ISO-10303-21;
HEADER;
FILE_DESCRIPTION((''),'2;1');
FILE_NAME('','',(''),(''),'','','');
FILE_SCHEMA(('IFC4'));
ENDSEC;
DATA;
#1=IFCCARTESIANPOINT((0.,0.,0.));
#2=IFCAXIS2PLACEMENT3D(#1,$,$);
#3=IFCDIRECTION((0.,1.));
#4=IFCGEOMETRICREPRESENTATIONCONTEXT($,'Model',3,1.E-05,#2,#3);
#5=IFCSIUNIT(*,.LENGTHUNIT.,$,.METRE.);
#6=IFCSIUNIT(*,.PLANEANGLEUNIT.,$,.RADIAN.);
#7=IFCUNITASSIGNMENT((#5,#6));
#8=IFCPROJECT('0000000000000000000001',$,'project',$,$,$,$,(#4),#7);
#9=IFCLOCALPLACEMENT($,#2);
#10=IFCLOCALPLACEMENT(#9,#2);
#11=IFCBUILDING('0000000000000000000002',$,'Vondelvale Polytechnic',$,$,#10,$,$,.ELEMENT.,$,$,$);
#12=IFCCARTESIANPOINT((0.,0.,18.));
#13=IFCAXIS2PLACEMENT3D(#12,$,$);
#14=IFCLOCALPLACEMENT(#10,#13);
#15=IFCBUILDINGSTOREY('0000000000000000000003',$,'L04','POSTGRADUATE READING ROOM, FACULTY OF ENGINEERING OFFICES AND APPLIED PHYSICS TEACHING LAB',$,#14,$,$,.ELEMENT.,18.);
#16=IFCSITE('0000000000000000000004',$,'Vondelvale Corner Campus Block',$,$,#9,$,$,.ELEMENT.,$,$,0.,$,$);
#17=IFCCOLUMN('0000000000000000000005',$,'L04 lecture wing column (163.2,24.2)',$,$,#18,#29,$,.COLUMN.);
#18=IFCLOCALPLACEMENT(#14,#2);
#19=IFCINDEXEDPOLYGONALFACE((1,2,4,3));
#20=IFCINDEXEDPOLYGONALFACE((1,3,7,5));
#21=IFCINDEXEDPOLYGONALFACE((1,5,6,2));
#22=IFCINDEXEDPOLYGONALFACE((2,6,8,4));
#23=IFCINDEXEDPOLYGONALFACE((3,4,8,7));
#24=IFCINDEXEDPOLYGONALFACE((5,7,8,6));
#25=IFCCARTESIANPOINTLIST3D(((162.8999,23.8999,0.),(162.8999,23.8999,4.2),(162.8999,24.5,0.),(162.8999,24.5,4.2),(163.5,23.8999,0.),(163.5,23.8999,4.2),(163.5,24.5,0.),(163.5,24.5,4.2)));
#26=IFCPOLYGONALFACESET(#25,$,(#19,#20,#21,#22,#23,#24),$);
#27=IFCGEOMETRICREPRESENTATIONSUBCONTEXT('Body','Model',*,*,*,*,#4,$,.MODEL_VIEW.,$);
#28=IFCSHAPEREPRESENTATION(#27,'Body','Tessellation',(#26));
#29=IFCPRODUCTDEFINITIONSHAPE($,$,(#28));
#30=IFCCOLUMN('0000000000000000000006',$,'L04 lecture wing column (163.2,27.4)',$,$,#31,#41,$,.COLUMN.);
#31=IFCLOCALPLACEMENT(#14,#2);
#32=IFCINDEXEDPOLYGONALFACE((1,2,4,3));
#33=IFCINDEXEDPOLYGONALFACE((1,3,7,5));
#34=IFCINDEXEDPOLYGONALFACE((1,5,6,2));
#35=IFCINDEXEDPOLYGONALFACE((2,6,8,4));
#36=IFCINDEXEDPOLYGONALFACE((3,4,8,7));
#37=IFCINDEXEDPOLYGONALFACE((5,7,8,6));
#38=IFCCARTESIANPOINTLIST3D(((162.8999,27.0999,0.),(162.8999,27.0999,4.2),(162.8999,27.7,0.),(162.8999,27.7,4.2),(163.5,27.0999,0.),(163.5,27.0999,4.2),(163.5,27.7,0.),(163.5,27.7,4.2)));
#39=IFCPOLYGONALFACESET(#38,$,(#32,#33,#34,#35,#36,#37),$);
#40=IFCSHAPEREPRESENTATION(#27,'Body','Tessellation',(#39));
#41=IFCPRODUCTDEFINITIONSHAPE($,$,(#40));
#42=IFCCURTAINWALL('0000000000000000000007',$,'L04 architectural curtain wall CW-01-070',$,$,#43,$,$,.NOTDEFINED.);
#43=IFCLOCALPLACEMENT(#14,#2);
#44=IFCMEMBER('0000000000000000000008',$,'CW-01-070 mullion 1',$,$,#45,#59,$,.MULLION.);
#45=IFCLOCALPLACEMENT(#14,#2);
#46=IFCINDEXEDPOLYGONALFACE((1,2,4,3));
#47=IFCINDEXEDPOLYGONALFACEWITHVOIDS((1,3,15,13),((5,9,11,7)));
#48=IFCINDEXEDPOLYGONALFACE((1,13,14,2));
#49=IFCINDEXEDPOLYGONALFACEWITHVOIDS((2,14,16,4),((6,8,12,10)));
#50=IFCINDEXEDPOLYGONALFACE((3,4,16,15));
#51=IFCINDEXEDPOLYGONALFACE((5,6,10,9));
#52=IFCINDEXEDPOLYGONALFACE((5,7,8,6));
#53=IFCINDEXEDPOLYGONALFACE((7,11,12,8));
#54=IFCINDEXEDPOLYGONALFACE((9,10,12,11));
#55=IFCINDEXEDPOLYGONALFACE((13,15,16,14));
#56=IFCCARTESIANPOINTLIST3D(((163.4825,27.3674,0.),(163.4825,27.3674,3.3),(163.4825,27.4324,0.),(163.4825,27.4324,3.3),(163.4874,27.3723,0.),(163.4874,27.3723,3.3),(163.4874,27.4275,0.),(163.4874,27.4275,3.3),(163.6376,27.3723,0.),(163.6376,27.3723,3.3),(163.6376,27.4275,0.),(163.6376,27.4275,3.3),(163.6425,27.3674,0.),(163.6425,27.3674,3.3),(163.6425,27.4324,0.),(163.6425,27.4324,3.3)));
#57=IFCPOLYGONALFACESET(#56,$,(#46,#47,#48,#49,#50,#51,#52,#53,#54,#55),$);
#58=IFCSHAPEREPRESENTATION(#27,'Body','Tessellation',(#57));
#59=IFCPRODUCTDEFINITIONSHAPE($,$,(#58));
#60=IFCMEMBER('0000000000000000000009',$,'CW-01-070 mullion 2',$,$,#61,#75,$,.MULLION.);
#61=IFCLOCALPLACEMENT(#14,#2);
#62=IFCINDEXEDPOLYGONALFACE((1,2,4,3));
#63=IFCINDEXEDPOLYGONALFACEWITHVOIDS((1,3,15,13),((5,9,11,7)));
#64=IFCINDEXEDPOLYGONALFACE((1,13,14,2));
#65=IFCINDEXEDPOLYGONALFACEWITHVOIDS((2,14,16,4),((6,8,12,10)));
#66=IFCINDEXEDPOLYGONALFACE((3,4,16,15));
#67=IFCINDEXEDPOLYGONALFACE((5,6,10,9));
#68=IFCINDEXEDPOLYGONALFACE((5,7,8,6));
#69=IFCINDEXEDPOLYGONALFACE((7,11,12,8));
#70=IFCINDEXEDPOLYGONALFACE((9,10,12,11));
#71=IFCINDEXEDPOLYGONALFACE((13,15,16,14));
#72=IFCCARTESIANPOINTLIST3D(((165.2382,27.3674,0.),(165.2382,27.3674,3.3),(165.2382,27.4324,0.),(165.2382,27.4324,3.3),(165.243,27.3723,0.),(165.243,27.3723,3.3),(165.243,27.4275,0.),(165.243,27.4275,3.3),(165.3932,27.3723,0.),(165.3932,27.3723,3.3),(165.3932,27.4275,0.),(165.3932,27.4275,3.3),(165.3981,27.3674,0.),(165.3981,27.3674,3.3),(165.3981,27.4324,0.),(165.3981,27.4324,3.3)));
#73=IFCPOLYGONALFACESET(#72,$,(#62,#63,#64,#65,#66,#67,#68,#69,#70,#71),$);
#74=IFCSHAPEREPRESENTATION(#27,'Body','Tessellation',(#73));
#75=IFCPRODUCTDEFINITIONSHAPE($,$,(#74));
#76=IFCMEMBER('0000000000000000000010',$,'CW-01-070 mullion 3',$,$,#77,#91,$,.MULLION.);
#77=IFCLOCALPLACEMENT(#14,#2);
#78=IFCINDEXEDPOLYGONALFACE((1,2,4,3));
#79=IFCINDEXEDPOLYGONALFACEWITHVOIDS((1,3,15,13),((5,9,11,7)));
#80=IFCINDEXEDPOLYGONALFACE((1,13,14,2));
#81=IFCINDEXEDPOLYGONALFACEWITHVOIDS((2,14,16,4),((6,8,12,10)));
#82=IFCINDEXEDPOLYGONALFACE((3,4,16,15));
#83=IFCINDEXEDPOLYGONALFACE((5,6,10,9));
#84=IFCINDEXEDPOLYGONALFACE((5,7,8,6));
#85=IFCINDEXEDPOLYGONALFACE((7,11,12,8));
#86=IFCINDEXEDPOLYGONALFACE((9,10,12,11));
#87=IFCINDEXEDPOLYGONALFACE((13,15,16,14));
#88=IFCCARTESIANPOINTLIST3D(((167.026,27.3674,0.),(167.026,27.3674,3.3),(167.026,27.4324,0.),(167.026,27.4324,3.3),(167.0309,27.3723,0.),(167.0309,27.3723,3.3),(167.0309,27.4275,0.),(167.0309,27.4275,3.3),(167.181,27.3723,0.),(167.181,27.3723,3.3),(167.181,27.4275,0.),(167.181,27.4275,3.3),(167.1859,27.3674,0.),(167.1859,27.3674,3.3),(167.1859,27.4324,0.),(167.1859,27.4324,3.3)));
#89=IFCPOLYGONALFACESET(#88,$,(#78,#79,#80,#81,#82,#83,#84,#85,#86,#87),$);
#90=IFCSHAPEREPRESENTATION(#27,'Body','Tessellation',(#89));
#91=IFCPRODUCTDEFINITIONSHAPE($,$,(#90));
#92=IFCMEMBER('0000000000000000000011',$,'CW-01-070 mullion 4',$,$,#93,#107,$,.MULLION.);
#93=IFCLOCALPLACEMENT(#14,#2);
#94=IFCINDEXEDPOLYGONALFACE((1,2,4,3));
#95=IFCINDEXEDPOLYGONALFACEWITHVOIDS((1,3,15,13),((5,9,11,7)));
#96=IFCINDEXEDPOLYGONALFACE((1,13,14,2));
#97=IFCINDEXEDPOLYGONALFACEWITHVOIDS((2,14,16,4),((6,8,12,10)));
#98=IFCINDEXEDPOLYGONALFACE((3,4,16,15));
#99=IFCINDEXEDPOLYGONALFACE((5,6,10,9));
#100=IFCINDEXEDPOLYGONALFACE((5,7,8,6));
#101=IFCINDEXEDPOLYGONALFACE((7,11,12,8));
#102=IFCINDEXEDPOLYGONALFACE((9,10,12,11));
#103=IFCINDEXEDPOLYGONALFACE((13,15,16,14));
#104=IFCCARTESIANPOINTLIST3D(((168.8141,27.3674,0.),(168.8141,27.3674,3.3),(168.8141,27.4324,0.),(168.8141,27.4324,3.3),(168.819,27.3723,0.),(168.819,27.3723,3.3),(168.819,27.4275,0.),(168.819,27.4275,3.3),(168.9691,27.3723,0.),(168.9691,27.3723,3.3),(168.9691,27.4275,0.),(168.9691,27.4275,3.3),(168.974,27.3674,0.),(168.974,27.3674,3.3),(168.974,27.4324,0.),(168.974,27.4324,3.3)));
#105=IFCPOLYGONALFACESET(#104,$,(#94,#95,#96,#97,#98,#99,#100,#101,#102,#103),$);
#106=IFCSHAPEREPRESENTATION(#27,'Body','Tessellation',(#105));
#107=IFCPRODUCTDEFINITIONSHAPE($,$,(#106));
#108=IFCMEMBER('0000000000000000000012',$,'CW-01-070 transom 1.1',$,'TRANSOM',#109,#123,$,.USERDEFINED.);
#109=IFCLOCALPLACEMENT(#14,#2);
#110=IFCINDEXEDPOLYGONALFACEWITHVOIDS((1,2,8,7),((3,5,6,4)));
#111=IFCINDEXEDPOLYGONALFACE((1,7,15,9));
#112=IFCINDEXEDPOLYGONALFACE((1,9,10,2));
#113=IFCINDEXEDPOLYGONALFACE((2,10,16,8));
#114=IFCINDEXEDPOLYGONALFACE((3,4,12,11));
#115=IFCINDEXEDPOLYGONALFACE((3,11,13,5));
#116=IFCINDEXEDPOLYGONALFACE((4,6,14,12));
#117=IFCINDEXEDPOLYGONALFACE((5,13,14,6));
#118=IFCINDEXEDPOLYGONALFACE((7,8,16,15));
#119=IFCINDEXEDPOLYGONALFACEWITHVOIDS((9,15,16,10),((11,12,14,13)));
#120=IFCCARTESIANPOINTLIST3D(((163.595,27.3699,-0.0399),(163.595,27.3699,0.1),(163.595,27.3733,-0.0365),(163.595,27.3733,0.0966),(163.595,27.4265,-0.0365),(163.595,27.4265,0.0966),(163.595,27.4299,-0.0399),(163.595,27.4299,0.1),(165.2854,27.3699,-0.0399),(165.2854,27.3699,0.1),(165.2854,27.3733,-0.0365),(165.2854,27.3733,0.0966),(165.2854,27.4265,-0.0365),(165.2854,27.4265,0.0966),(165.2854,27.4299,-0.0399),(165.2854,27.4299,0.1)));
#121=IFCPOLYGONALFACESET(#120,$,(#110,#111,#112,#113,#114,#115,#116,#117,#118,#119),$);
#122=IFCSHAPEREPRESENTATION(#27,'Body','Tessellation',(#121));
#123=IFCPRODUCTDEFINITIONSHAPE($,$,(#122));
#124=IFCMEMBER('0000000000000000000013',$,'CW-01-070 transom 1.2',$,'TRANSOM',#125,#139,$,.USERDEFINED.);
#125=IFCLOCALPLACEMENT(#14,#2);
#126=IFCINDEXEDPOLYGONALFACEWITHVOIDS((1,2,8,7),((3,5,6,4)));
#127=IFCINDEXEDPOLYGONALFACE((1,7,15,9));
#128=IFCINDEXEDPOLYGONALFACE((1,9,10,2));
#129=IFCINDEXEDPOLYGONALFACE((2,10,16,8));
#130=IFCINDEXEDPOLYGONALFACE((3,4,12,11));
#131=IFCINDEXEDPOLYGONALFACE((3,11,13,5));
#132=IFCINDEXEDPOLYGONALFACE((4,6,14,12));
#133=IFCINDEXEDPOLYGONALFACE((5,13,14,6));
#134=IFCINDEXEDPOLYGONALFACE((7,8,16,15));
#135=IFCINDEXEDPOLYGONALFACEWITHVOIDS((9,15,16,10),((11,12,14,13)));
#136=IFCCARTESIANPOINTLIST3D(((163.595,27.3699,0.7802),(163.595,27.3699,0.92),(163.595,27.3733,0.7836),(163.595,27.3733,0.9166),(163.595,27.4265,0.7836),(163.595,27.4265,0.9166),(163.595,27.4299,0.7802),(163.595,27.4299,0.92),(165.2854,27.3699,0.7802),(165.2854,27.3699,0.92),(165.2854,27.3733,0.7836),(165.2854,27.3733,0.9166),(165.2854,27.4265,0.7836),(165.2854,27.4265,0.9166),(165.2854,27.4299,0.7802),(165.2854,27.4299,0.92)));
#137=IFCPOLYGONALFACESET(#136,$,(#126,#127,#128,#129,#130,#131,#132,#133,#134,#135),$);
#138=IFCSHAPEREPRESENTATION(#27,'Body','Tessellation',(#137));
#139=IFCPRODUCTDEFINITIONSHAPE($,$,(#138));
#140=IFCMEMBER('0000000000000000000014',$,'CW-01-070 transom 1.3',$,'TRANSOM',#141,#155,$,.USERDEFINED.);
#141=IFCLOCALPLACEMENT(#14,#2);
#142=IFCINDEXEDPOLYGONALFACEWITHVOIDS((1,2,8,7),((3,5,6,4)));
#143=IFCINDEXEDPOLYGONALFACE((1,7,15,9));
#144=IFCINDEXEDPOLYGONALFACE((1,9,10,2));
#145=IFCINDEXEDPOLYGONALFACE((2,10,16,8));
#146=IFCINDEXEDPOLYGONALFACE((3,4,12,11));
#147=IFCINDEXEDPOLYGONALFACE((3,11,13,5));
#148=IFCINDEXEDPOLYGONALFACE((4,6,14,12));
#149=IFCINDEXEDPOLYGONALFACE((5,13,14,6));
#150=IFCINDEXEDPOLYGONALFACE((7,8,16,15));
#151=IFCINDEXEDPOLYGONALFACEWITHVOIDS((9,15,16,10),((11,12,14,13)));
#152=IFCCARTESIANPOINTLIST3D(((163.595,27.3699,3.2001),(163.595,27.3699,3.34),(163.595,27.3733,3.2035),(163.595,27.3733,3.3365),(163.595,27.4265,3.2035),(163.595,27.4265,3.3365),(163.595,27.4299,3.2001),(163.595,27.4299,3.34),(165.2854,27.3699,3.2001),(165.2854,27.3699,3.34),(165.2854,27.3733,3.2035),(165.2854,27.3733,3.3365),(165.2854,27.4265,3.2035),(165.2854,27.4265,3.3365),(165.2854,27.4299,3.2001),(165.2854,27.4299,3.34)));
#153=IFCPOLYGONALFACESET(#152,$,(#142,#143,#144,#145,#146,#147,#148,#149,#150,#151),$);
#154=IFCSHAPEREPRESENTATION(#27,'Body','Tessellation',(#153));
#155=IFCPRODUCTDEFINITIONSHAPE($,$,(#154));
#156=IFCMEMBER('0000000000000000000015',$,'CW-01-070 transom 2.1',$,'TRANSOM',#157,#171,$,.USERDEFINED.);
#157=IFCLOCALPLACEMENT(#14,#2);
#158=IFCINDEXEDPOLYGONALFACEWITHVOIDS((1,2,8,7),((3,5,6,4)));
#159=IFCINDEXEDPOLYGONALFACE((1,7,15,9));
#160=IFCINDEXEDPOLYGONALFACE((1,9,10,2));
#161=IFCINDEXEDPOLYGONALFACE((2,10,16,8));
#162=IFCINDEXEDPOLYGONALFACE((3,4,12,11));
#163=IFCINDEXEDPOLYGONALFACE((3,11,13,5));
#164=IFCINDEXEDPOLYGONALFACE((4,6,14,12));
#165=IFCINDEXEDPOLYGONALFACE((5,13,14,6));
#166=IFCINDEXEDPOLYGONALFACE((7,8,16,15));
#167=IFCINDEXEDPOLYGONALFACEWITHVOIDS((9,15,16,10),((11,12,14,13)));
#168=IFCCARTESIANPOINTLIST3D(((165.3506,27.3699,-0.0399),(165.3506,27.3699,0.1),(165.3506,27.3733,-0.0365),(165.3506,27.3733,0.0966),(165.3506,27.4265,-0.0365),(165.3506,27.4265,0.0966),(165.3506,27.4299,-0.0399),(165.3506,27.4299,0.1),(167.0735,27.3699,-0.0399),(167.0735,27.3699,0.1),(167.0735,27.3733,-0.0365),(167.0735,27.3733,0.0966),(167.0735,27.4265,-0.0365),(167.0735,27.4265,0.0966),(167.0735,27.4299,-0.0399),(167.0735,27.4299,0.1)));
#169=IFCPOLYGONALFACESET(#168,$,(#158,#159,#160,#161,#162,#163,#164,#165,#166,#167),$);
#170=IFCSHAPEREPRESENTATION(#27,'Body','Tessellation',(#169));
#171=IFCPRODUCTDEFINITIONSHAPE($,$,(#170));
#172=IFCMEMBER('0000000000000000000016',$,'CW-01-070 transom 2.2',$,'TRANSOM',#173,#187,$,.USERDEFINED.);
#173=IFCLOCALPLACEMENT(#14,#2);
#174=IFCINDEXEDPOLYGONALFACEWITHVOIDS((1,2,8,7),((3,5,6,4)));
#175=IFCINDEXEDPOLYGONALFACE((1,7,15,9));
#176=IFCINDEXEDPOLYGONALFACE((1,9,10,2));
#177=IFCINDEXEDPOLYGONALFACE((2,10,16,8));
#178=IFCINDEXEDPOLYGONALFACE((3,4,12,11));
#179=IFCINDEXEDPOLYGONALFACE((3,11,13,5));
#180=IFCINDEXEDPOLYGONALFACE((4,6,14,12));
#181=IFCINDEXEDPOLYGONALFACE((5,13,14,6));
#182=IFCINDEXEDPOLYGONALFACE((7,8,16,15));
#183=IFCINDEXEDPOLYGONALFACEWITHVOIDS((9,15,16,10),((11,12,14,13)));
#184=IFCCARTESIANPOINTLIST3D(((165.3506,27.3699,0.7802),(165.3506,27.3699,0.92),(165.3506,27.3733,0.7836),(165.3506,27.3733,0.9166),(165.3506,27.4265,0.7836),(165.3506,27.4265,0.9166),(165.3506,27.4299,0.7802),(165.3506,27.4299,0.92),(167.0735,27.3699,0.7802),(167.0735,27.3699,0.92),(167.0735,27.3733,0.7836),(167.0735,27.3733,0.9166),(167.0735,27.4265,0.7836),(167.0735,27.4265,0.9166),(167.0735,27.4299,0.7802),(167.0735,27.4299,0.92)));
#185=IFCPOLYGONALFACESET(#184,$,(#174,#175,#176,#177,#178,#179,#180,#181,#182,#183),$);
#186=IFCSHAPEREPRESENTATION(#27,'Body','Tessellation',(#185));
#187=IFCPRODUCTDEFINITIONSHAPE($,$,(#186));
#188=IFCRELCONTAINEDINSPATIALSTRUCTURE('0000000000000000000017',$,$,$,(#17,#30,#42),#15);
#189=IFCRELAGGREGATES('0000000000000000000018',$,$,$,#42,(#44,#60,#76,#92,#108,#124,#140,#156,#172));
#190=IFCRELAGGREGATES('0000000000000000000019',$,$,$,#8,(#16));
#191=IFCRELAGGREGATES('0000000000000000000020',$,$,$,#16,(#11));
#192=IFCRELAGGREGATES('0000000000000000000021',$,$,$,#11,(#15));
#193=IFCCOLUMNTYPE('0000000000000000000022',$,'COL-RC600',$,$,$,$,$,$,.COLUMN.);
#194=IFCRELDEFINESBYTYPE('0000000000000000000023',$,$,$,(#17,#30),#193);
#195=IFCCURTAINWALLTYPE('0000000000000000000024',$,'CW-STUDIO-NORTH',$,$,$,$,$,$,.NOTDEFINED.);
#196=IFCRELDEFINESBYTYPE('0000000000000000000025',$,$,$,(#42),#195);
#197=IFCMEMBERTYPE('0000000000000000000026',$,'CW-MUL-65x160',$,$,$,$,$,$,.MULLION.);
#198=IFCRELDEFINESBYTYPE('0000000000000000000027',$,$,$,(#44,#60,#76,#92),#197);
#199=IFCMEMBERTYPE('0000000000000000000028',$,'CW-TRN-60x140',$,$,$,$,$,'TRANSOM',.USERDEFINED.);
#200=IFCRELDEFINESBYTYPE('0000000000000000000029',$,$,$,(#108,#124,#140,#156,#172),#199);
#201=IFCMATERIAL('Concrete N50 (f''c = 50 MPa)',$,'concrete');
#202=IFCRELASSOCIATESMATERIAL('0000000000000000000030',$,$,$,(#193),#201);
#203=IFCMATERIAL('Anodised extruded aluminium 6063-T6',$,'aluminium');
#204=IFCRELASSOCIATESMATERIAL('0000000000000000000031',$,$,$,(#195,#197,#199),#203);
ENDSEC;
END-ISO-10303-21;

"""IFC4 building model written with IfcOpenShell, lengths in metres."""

from ifc_helpers import new_model, si_unit, direction, frame, origin, origin_2d, place, context, subcontext, project, spatial, rectangle, hollow_rectangle, extrude, material, material_profile, profile_set, type_object, element, aggregate, save


model = new_model("IFC4")

# Units and contexts
model_context = context("Model", 3, precision=1e-05, world=origin(), true_north=direction((0.0, 1.0)))
body_context = subcontext(model_context, "Body", "Model", "MODEL_VIEW")
ifc_project = project(units=[si_unit("LENGTHUNIT", "METRE"), si_unit("PLANEANGLEUNIT", "RADIAN")], contexts=[model_context])

# Site, building, storey
site_placement = place(None, origin())
site = spatial("IfcSite", under=ifc_project, at=site_placement, Name="Vondelvale Corner Campus Block", CompositionType="ELEMENT", RefElevation=0.0)
building_placement = place(site_placement, origin())
building = spatial("IfcBuilding", under=site, at=building_placement, Name="Vondelvale Polytechnic", CompositionType="ELEMENT")
storey_placement = place(building_placement, frame((0.0, 0.0, 18.0)))
storey = spatial("IfcBuildingStorey", under=building, at=storey_placement, Name="L04", Description="POSTGRADUATE READING ROOM, FACULTY OF ENGINEERING OFFICES AND APPLIED PHYSICS TEACHING LAB", CompositionType="ELEMENT", Elevation=18.0)

# Columns
ifc_material_1 = material(Name="Concrete N50 (f'c = 50 MPa)", Category="concrete")
ifc_material_profile_1 = material_profile(ifc_material_1, rectangle(XDim=0.6001, YDim=0.6001, at=origin_2d()), Name="RC-COL-600x600")
ifc_profile_set_1 = profile_set([ifc_material_profile_1], Name="Concrete N50 (f'c = 50 MPa)")
column_type = type_object("IfcColumnType", Name="COL-RC600", PredefinedType="COLUMN", material=ifc_profile_set_1)
for number, where, z_axis, x_axis, name in (
    (1, (163.2, 24.2, 0.0), (0.0, 0.0, 1.0), (1.0, 0.0, 0.0), "L04 lecture wing column (163.2,24.2)"),
    (2, (163.2, 27.3999, 0.0), (0.0, 0.0, 1.0), (1.0, 0.0, 0.0), "L04 lecture wing column (163.2,27.4)"),
):
    element("IfcColumn", number, at=place(storey_placement, frame(where, z_axis=z_axis, x_axis=x_axis)), inside=storey, type_object=column_type, Name=name, PredefinedType="COLUMN", context=body_context, shape_type="SweptSolid", body=[
        extrude(rectangle(XDim=0.6001, YDim=0.6001, at=origin_2d()), origin(), (0.0, 0.0, 1.0), 4.2),
    ])

# Curtain wall, members
ifc_material_2 = material(Name="Anodised extruded aluminium 6063-T6", Category="aluminium")
curtain_wall_type = type_object("IfcCurtainWallType", Name="CW-STUDIO-NORTH", PredefinedType="NOTDEFINED", material=ifc_material_2)
curtain_wall_placement = place(storey_placement, origin())
curtain_wall = element("IfcCurtainWall", 3, at=curtain_wall_placement, inside=storey, type_object=curtain_wall_type, Name="L04 architectural curtain wall CW-01-070", PredefinedType="NOTDEFINED")
ifc_material_profile_2 = material_profile(ifc_material_2, hollow_rectangle(XDim=0.0649, YDim=0.1599, WallThickness=0.0049, at=origin_2d()), Name="CW-MUL-160x65")
ifc_profile_set_2 = profile_set([ifc_material_profile_2], Name="Anodised extruded aluminium 6063-T6")
member_type_1 = type_object("IfcMemberType", Name="CW-MUL-65x160", PredefinedType="MULLION", material=ifc_profile_set_2)
member_1_placement = place(storey_placement, frame((163.5625, 27.3999, 0.0), z_axis=(0.0, 0.0, 1.0), x_axis=(0.0, 1.0, 0.0)))
member_1 = element("IfcMember", 4, at=member_1_placement, type_object=member_type_1, Name="CW-01-070 mullion 1", PredefinedType="MULLION", context=body_context, shape_type="SweptSolid", body=[
    extrude(hollow_rectangle(XDim=0.0649, YDim=0.1599, WallThickness=0.0049, at=origin_2d()), origin(), (0.0, 0.0, 1.0), 3.3),
])
member_2_placement = place(storey_placement, frame((165.3181, 27.3999, 0.0), z_axis=(0.0, 0.0, 1.0), x_axis=(0.0, 1.0, 0.0)))
member_2 = element("IfcMember", 5, at=member_2_placement, type_object=member_type_1, Name="CW-01-070 mullion 2", PredefinedType="MULLION", context=body_context, shape_type="SweptSolid", body=[
    extrude(hollow_rectangle(XDim=0.0649, YDim=0.1599, WallThickness=0.0049, at=origin_2d()), origin(), (0.0, 0.0, 1.0), 3.3),
])
member_3_placement = place(storey_placement, frame((167.106, 27.3999, 0.0), z_axis=(0.0, 0.0, 1.0), x_axis=(0.0, 1.0, 0.0)))
member_3 = element("IfcMember", 6, at=member_3_placement, type_object=member_type_1, Name="CW-01-070 mullion 3", PredefinedType="MULLION", context=body_context, shape_type="SweptSolid", body=[
    extrude(hollow_rectangle(XDim=0.0649, YDim=0.1599, WallThickness=0.0049, at=origin_2d()), origin(), (0.0, 0.0, 1.0), 3.3),
])
member_4_placement = place(storey_placement, frame((168.894, 27.3999, 0.0), z_axis=(0.0, 0.0, 1.0), x_axis=(0.0, 1.0, 0.0)))
member_4 = element("IfcMember", 7, at=member_4_placement, type_object=member_type_1, Name="CW-01-070 mullion 4", PredefinedType="MULLION", context=body_context, shape_type="SweptSolid", body=[
    extrude(hollow_rectangle(XDim=0.0649, YDim=0.1599, WallThickness=0.0049, at=origin_2d()), origin(), (0.0, 0.0, 1.0), 3.3),
])
ifc_material_profile_3 = material_profile(ifc_material_2, hollow_rectangle(XDim=0.0601, YDim=0.1399, WallThickness=0.0034, at=origin_2d()), Name="CW-TRN-140x60")
ifc_profile_set_3 = profile_set([ifc_material_profile_3], Name="Anodised extruded aluminium 6063-T6")
member_type_2 = type_object("IfcMemberType", Name="CW-TRN-60x140", ElementType="TRANSOM", PredefinedType="USERDEFINED", material=ifc_profile_set_3)
member_5_placement = place(storey_placement, frame((163.595, 27.3999, 0.03), z_axis=(1.0, 0.0, 0.0), x_axis=(0.0, 1.0, 0.0)))
member_5 = element("IfcMember", 8, at=member_5_placement, type_object=member_type_2, Name="CW-01-070 transom 1.1", ObjectType="TRANSOM", PredefinedType="USERDEFINED", context=body_context, shape_type="SweptSolid", body=[
    extrude(hollow_rectangle(XDim=0.0601, YDim=0.1399, WallThickness=0.0034, at=origin_2d()), origin(), (0.0, 0.0, 1.0), 1.6904),
])
member_6_placement = place(storey_placement, frame((163.595, 27.3999, 0.8501), z_axis=(1.0, 0.0, 0.0), x_axis=(0.0, 1.0, 0.0)))
member_6 = element("IfcMember", 9, at=member_6_placement, type_object=member_type_2, Name="CW-01-070 transom 1.2", ObjectType="TRANSOM", PredefinedType="USERDEFINED", context=body_context, shape_type="SweptSolid", body=[
    extrude(hollow_rectangle(XDim=0.0601, YDim=0.1399, WallThickness=0.0034, at=origin_2d()), origin(), (0.0, 0.0, 1.0), 1.6904),
])
member_7_placement = place(storey_placement, frame((163.595, 27.3999, 3.27), z_axis=(1.0, 0.0, 0.0), x_axis=(0.0, 1.0, 0.0)))
member_7 = element("IfcMember", 10, at=member_7_placement, type_object=member_type_2, Name="CW-01-070 transom 1.3", ObjectType="TRANSOM", PredefinedType="USERDEFINED", context=body_context, shape_type="SweptSolid", body=[
    extrude(hollow_rectangle(XDim=0.0601, YDim=0.1399, WallThickness=0.0034, at=origin_2d()), origin(), (0.0, 0.0, 1.0), 1.6904),
])
member_8_placement = place(storey_placement, frame((165.3506, 27.3999, 0.03), z_axis=(1.0, 0.0, 0.0), x_axis=(0.0, 1.0, 0.0)))
member_8 = element("IfcMember", 11, at=member_8_placement, type_object=member_type_2, Name="CW-01-070 transom 2.1", ObjectType="TRANSOM", PredefinedType="USERDEFINED", context=body_context, shape_type="SweptSolid", body=[
    extrude(hollow_rectangle(XDim=0.0601, YDim=0.1399, WallThickness=0.0034, at=origin_2d()), origin(), (0.0, 0.0, 1.0), 1.7229),
])
member_9_placement = place(storey_placement, frame((165.3506, 27.3999, 0.8501), z_axis=(1.0, 0.0, 0.0), x_axis=(0.0, 1.0, 0.0)))
member_9 = element("IfcMember", 12, at=member_9_placement, type_object=member_type_2, Name="CW-01-070 transom 2.2", ObjectType="TRANSOM", PredefinedType="USERDEFINED", context=body_context, shape_type="SweptSolid", body=[
    extrude(hollow_rectangle(XDim=0.0601, YDim=0.1399, WallThickness=0.0034, at=origin_2d()), origin(), (0.0, 0.0, 1.0), 1.7229),
])

aggregate(curtain_wall, [member_1, member_2, member_3, member_4, member_5, member_6, member_7, member_8, member_9])

save(model, "model.ifc")
